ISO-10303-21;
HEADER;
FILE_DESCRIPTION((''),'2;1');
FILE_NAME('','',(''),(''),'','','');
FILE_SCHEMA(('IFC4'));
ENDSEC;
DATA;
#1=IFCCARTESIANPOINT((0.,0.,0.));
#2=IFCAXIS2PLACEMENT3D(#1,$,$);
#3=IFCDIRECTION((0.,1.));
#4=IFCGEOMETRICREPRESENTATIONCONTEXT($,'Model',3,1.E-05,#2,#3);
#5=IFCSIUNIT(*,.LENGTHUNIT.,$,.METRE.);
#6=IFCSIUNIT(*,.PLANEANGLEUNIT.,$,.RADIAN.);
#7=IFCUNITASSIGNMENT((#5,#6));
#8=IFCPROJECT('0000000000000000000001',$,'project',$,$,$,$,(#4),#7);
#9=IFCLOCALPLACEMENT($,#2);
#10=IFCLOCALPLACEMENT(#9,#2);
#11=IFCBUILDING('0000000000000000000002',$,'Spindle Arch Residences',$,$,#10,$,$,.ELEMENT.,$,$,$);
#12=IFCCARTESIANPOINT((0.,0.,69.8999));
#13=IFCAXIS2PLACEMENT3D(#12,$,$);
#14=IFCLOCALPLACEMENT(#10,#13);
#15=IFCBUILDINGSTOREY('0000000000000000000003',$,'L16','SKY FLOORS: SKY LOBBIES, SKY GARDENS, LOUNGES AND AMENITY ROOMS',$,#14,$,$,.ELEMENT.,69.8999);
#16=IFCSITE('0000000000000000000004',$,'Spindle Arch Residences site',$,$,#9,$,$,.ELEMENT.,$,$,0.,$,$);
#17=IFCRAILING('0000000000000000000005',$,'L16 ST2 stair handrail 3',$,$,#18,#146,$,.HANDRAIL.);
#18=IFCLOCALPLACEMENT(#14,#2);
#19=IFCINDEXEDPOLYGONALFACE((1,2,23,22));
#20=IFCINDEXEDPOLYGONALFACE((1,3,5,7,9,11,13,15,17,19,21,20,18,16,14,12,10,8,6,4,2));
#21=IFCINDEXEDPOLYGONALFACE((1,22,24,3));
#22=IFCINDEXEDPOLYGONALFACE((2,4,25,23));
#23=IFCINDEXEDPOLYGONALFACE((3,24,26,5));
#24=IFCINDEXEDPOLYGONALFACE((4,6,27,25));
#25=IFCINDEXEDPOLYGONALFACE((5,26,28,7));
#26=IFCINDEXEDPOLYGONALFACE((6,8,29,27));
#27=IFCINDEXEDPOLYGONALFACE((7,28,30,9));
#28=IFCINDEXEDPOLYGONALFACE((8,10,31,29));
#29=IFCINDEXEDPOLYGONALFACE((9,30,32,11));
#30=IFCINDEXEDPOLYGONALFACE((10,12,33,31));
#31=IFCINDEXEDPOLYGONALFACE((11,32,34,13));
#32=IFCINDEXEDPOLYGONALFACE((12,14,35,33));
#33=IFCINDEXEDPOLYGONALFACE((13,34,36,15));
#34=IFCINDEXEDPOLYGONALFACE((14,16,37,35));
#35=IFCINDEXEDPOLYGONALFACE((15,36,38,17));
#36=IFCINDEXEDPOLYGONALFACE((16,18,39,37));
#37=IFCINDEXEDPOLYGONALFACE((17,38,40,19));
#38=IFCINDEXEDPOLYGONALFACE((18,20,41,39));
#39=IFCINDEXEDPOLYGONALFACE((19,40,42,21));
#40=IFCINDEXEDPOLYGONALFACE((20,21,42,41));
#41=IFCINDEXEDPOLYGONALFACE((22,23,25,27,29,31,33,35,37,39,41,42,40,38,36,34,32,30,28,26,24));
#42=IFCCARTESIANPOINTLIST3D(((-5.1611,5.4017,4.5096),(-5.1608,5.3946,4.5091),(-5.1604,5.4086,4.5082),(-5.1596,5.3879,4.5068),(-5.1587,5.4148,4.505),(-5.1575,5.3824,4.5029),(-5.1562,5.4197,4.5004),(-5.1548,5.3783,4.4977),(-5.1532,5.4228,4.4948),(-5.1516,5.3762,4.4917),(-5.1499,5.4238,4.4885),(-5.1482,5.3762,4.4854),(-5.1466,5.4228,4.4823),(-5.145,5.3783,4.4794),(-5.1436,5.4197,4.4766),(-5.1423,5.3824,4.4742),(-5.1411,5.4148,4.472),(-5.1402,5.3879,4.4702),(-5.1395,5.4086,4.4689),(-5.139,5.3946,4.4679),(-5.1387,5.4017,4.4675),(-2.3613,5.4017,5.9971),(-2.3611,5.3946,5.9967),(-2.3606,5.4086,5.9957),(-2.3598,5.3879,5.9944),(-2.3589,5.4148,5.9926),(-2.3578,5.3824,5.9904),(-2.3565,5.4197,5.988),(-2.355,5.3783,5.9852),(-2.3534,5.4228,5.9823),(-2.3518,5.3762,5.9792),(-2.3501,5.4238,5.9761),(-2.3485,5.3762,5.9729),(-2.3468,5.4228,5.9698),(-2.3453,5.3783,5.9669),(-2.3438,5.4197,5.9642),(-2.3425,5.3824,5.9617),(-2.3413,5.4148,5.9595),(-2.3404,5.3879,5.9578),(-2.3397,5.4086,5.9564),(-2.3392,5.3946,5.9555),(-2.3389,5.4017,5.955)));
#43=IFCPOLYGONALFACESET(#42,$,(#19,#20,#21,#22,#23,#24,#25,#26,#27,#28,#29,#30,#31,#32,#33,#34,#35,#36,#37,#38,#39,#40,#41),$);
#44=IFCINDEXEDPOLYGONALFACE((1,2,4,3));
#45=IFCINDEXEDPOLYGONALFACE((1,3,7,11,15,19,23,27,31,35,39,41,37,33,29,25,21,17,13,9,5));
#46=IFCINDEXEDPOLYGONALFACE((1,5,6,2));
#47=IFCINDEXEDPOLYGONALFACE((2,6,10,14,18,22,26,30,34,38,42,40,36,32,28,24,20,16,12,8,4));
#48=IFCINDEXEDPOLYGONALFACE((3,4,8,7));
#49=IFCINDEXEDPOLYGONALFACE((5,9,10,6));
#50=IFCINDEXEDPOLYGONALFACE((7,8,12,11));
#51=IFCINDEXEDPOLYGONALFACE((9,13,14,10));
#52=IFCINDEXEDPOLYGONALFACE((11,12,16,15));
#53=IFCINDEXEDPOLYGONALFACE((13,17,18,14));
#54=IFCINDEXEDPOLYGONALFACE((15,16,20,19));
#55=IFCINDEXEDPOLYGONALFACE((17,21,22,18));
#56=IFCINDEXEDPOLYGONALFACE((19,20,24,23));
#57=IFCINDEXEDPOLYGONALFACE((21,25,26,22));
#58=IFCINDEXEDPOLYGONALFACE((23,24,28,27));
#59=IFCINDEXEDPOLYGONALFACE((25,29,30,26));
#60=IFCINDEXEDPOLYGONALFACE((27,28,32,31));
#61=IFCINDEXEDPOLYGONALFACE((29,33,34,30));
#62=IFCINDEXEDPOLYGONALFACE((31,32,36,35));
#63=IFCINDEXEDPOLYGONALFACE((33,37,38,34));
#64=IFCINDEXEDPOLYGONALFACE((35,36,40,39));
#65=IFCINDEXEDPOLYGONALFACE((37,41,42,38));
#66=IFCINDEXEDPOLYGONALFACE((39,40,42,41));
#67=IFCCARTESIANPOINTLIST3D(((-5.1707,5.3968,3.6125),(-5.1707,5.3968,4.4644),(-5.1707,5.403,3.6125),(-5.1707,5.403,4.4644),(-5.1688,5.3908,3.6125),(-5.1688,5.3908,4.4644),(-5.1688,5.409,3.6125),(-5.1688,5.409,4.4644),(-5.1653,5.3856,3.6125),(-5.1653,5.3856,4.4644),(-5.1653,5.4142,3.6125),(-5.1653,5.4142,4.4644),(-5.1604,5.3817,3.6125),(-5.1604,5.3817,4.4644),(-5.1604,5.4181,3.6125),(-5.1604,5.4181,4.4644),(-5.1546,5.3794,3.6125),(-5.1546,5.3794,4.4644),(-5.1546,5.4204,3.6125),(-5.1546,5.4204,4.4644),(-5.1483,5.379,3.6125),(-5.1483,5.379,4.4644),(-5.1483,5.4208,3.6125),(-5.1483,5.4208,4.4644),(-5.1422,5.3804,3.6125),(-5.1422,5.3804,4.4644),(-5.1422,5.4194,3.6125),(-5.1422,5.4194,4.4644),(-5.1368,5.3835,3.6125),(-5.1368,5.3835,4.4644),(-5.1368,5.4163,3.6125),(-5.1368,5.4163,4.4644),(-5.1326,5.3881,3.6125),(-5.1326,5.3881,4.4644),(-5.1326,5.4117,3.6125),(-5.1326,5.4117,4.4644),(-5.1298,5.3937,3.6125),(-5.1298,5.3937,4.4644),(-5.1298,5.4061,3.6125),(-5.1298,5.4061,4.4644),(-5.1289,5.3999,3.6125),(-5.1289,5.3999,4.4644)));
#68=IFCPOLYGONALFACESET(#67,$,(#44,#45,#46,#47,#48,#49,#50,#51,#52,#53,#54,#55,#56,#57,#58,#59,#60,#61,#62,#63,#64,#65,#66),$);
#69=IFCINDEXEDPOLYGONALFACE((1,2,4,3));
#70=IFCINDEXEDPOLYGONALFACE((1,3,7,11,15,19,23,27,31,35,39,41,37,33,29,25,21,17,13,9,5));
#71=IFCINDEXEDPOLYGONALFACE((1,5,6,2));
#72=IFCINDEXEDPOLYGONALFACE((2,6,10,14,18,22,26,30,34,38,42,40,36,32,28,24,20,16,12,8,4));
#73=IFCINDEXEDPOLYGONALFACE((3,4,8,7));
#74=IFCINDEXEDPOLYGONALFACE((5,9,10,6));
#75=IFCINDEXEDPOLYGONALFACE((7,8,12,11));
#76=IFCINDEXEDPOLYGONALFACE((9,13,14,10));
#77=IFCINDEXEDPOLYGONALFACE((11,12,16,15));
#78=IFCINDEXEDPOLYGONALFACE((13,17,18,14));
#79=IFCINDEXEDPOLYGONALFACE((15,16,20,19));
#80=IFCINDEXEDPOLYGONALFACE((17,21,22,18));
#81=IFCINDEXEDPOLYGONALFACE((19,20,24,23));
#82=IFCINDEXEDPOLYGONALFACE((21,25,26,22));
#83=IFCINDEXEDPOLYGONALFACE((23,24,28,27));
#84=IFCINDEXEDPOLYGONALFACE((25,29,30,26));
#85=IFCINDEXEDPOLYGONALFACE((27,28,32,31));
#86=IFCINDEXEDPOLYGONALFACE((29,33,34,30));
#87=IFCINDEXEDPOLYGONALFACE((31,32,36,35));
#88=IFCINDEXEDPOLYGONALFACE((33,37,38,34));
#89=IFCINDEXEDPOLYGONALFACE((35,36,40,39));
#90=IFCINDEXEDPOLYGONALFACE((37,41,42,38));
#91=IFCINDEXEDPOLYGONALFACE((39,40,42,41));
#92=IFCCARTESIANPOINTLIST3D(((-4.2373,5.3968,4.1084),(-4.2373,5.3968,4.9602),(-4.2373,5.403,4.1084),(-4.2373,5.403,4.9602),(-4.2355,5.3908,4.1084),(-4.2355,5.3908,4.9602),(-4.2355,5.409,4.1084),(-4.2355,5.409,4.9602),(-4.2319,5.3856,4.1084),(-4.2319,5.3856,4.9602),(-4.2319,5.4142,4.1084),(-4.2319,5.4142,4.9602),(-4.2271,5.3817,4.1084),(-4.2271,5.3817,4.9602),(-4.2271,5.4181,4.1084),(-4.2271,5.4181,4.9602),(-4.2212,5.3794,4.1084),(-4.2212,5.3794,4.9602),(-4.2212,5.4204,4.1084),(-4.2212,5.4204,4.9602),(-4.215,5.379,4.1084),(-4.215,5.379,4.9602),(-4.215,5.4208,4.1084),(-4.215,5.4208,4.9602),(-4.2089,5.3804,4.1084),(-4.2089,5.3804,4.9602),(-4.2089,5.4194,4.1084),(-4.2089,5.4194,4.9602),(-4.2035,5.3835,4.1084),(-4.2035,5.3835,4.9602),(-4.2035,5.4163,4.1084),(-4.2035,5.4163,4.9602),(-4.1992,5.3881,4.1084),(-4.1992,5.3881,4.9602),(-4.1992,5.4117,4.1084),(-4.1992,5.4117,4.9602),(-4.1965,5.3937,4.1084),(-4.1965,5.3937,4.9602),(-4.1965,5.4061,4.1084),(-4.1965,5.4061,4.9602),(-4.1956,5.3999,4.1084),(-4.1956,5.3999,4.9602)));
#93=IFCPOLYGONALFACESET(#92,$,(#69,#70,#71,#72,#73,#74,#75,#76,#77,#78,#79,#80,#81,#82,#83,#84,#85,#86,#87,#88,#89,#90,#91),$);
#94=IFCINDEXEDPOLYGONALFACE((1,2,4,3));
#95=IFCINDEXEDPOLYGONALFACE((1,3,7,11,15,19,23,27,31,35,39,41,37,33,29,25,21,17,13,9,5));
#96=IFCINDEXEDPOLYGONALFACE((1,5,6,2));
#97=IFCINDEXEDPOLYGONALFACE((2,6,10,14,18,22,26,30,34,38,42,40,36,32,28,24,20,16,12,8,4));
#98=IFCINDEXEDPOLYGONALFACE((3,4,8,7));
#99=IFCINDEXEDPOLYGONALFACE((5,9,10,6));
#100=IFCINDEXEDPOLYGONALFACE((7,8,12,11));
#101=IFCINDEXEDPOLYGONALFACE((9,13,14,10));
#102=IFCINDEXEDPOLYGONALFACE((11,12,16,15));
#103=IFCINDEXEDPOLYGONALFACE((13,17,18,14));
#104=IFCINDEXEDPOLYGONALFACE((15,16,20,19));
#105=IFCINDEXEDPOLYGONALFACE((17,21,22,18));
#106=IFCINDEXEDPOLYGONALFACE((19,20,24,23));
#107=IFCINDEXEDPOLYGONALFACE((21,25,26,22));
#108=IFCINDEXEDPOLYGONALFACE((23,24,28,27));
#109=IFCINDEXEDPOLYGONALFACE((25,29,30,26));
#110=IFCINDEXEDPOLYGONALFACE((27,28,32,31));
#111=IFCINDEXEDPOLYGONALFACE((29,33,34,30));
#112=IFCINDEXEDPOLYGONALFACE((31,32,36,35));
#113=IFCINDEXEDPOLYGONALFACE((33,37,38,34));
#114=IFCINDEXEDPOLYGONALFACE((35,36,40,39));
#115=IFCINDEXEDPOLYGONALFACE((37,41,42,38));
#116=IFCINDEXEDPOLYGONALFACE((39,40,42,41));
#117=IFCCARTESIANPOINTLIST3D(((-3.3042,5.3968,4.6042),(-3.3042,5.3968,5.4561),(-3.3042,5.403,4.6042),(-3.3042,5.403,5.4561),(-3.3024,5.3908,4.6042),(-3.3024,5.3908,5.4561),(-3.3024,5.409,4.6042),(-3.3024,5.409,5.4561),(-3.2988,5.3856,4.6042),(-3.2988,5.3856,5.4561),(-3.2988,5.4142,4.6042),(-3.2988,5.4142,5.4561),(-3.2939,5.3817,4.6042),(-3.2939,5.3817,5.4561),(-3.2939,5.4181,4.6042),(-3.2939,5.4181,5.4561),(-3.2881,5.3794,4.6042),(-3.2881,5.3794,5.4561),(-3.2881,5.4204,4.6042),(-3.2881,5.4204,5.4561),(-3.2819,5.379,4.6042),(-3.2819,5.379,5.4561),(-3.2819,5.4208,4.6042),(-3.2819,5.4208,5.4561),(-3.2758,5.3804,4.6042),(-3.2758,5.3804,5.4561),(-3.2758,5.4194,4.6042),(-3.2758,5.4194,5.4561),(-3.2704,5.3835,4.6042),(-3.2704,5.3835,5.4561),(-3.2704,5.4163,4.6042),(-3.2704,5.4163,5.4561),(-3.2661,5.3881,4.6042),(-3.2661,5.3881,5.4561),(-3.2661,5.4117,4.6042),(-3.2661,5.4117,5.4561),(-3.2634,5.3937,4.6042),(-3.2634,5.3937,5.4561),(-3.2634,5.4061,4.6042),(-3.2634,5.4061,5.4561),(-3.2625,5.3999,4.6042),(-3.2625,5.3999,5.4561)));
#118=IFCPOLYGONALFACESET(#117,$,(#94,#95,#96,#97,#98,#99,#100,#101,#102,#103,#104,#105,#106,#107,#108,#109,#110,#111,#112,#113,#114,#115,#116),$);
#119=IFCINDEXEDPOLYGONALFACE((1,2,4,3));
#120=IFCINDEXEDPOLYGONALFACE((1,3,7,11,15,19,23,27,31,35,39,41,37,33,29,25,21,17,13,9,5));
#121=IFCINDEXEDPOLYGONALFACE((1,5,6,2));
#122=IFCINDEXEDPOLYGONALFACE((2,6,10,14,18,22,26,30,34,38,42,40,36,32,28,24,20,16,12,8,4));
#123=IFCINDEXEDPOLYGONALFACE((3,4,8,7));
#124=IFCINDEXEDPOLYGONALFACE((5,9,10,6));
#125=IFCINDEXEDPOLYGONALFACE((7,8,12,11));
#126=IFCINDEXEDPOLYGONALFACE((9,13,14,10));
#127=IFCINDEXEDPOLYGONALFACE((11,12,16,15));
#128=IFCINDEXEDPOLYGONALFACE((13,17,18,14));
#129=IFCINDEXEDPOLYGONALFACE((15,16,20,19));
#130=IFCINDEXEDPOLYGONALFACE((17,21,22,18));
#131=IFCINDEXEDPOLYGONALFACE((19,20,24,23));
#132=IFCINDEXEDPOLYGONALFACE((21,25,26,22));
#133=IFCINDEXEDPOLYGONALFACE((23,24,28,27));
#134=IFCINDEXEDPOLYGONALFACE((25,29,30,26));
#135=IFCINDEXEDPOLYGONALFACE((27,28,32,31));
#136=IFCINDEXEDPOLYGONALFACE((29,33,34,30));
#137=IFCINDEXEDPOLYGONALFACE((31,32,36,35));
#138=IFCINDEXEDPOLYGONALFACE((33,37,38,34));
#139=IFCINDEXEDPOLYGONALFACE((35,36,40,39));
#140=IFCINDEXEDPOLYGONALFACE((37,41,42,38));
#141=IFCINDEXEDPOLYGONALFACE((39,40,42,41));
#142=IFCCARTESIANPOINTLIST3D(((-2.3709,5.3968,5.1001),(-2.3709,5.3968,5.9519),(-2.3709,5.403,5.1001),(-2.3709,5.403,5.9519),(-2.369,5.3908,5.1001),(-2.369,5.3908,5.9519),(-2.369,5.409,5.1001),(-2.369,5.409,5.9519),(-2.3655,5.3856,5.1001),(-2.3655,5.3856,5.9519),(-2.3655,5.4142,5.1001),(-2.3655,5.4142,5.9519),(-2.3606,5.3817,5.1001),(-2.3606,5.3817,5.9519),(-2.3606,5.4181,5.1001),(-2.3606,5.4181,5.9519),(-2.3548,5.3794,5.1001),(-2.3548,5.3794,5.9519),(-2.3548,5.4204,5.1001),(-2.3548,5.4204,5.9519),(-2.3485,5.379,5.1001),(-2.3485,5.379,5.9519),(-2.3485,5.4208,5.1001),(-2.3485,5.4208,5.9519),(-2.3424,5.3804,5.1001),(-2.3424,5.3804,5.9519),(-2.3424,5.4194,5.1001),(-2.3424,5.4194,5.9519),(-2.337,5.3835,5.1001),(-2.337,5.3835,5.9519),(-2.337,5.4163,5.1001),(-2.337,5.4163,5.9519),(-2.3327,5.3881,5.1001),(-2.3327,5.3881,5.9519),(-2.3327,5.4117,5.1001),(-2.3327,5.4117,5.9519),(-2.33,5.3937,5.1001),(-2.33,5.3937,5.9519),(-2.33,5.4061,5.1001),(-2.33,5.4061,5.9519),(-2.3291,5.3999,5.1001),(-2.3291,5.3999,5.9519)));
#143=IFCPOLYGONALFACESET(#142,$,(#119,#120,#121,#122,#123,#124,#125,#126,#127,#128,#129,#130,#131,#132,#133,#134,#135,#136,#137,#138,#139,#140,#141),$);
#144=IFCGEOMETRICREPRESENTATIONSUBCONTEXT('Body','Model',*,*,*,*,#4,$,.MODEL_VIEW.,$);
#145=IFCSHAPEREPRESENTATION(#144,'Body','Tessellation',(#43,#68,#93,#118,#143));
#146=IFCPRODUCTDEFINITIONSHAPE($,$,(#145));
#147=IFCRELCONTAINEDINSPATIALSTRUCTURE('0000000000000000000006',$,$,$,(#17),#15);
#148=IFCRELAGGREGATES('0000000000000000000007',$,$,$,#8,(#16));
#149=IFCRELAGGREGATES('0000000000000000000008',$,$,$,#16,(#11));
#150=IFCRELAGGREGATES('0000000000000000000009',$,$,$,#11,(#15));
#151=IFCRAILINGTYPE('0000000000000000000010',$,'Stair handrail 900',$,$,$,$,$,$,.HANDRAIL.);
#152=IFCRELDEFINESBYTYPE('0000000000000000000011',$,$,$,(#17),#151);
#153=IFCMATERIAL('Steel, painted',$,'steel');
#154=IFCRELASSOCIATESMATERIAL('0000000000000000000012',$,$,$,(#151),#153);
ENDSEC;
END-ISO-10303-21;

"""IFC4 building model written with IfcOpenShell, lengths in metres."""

from ifc_helpers import new_model, si_unit, direction, frame, origin, origin_2d, place, context, subcontext, project, spatial, circle, extrude, material, type_object, element, save


model = new_model("IFC4")

# Units and contexts
model_context = context("Model", 3, precision=1e-05, world=origin(), true_north=direction((0.0, 1.0)))
body_context = subcontext(model_context, "Body", "Model", "MODEL_VIEW")
ifc_project = project(units=[si_unit("LENGTHUNIT", "METRE"), si_unit("PLANEANGLEUNIT", "RADIAN")], contexts=[model_context])

# Site, building, storey
site_placement = place(None, origin())
site = spatial("IfcSite", under=ifc_project, at=site_placement, Name="Spindle Arch Residences site", CompositionType="ELEMENT", RefElevation=0.0)
building_placement = place(site_placement, origin())
building = spatial("IfcBuilding", under=site, at=building_placement, Name="Spindle Arch Residences", CompositionType="ELEMENT")
storey_placement = place(building_placement, frame((0.0, 0.0, 69.8999)))
storey = spatial("IfcBuildingStorey", under=building, at=storey_placement, Name="L16", Description="SKY FLOORS: SKY LOBBIES, SKY GARDENS, LOUNGES AND AMENITY ROOMS", CompositionType="ELEMENT", Elevation=69.8999)

# Railing
ifc_material_1 = material(Name="Steel, painted", Category="steel")
railing_type = type_object("IfcRailingType", Name="Stair handrail 900", PredefinedType="HANDRAIL", material=ifc_material_1)
for number, where, name in (
    (1, (-5.1499, 5.3999, 3.6125), "L16 ST2 stair handrail 3"),
):
    element("IfcRailing", number, at=place(storey_placement, frame(where)), inside=storey, type_object=railing_type, Name=name, PredefinedType="HANDRAIL", context=body_context, shape_type="SweptSolid", body=[
        extrude(circle(Radius=0.0239, at=origin_2d()), frame((0.0, 0.0, 0.876), z_axis=(0.883096, 0.0, 0.469193), x_axis=(0.0, 1.0, 0.0)), (0.0, 0.0, 1.0), 3.1704),
        extrude(circle(Radius=0.021, at=origin_2d()), origin(), (0.0, 0.0, 1.0), 0.8518),
        extrude(circle(Radius=0.021, at=origin_2d()), frame((0.9333, 0.0, 0.4958)), (0.0, 0.0, 1.0), 0.8518),
        extrude(circle(Radius=0.021, at=origin_2d()), frame((1.8665, 0.0, 0.9917)), (0.0, 0.0, 1.0), 0.8518),
        extrude(circle(Radius=0.021, at=origin_2d()), frame((2.7998, 0.0, 1.4875)), (0.0, 0.0, 1.0), 0.8518),
    ])

save(model, "model.ifc")
